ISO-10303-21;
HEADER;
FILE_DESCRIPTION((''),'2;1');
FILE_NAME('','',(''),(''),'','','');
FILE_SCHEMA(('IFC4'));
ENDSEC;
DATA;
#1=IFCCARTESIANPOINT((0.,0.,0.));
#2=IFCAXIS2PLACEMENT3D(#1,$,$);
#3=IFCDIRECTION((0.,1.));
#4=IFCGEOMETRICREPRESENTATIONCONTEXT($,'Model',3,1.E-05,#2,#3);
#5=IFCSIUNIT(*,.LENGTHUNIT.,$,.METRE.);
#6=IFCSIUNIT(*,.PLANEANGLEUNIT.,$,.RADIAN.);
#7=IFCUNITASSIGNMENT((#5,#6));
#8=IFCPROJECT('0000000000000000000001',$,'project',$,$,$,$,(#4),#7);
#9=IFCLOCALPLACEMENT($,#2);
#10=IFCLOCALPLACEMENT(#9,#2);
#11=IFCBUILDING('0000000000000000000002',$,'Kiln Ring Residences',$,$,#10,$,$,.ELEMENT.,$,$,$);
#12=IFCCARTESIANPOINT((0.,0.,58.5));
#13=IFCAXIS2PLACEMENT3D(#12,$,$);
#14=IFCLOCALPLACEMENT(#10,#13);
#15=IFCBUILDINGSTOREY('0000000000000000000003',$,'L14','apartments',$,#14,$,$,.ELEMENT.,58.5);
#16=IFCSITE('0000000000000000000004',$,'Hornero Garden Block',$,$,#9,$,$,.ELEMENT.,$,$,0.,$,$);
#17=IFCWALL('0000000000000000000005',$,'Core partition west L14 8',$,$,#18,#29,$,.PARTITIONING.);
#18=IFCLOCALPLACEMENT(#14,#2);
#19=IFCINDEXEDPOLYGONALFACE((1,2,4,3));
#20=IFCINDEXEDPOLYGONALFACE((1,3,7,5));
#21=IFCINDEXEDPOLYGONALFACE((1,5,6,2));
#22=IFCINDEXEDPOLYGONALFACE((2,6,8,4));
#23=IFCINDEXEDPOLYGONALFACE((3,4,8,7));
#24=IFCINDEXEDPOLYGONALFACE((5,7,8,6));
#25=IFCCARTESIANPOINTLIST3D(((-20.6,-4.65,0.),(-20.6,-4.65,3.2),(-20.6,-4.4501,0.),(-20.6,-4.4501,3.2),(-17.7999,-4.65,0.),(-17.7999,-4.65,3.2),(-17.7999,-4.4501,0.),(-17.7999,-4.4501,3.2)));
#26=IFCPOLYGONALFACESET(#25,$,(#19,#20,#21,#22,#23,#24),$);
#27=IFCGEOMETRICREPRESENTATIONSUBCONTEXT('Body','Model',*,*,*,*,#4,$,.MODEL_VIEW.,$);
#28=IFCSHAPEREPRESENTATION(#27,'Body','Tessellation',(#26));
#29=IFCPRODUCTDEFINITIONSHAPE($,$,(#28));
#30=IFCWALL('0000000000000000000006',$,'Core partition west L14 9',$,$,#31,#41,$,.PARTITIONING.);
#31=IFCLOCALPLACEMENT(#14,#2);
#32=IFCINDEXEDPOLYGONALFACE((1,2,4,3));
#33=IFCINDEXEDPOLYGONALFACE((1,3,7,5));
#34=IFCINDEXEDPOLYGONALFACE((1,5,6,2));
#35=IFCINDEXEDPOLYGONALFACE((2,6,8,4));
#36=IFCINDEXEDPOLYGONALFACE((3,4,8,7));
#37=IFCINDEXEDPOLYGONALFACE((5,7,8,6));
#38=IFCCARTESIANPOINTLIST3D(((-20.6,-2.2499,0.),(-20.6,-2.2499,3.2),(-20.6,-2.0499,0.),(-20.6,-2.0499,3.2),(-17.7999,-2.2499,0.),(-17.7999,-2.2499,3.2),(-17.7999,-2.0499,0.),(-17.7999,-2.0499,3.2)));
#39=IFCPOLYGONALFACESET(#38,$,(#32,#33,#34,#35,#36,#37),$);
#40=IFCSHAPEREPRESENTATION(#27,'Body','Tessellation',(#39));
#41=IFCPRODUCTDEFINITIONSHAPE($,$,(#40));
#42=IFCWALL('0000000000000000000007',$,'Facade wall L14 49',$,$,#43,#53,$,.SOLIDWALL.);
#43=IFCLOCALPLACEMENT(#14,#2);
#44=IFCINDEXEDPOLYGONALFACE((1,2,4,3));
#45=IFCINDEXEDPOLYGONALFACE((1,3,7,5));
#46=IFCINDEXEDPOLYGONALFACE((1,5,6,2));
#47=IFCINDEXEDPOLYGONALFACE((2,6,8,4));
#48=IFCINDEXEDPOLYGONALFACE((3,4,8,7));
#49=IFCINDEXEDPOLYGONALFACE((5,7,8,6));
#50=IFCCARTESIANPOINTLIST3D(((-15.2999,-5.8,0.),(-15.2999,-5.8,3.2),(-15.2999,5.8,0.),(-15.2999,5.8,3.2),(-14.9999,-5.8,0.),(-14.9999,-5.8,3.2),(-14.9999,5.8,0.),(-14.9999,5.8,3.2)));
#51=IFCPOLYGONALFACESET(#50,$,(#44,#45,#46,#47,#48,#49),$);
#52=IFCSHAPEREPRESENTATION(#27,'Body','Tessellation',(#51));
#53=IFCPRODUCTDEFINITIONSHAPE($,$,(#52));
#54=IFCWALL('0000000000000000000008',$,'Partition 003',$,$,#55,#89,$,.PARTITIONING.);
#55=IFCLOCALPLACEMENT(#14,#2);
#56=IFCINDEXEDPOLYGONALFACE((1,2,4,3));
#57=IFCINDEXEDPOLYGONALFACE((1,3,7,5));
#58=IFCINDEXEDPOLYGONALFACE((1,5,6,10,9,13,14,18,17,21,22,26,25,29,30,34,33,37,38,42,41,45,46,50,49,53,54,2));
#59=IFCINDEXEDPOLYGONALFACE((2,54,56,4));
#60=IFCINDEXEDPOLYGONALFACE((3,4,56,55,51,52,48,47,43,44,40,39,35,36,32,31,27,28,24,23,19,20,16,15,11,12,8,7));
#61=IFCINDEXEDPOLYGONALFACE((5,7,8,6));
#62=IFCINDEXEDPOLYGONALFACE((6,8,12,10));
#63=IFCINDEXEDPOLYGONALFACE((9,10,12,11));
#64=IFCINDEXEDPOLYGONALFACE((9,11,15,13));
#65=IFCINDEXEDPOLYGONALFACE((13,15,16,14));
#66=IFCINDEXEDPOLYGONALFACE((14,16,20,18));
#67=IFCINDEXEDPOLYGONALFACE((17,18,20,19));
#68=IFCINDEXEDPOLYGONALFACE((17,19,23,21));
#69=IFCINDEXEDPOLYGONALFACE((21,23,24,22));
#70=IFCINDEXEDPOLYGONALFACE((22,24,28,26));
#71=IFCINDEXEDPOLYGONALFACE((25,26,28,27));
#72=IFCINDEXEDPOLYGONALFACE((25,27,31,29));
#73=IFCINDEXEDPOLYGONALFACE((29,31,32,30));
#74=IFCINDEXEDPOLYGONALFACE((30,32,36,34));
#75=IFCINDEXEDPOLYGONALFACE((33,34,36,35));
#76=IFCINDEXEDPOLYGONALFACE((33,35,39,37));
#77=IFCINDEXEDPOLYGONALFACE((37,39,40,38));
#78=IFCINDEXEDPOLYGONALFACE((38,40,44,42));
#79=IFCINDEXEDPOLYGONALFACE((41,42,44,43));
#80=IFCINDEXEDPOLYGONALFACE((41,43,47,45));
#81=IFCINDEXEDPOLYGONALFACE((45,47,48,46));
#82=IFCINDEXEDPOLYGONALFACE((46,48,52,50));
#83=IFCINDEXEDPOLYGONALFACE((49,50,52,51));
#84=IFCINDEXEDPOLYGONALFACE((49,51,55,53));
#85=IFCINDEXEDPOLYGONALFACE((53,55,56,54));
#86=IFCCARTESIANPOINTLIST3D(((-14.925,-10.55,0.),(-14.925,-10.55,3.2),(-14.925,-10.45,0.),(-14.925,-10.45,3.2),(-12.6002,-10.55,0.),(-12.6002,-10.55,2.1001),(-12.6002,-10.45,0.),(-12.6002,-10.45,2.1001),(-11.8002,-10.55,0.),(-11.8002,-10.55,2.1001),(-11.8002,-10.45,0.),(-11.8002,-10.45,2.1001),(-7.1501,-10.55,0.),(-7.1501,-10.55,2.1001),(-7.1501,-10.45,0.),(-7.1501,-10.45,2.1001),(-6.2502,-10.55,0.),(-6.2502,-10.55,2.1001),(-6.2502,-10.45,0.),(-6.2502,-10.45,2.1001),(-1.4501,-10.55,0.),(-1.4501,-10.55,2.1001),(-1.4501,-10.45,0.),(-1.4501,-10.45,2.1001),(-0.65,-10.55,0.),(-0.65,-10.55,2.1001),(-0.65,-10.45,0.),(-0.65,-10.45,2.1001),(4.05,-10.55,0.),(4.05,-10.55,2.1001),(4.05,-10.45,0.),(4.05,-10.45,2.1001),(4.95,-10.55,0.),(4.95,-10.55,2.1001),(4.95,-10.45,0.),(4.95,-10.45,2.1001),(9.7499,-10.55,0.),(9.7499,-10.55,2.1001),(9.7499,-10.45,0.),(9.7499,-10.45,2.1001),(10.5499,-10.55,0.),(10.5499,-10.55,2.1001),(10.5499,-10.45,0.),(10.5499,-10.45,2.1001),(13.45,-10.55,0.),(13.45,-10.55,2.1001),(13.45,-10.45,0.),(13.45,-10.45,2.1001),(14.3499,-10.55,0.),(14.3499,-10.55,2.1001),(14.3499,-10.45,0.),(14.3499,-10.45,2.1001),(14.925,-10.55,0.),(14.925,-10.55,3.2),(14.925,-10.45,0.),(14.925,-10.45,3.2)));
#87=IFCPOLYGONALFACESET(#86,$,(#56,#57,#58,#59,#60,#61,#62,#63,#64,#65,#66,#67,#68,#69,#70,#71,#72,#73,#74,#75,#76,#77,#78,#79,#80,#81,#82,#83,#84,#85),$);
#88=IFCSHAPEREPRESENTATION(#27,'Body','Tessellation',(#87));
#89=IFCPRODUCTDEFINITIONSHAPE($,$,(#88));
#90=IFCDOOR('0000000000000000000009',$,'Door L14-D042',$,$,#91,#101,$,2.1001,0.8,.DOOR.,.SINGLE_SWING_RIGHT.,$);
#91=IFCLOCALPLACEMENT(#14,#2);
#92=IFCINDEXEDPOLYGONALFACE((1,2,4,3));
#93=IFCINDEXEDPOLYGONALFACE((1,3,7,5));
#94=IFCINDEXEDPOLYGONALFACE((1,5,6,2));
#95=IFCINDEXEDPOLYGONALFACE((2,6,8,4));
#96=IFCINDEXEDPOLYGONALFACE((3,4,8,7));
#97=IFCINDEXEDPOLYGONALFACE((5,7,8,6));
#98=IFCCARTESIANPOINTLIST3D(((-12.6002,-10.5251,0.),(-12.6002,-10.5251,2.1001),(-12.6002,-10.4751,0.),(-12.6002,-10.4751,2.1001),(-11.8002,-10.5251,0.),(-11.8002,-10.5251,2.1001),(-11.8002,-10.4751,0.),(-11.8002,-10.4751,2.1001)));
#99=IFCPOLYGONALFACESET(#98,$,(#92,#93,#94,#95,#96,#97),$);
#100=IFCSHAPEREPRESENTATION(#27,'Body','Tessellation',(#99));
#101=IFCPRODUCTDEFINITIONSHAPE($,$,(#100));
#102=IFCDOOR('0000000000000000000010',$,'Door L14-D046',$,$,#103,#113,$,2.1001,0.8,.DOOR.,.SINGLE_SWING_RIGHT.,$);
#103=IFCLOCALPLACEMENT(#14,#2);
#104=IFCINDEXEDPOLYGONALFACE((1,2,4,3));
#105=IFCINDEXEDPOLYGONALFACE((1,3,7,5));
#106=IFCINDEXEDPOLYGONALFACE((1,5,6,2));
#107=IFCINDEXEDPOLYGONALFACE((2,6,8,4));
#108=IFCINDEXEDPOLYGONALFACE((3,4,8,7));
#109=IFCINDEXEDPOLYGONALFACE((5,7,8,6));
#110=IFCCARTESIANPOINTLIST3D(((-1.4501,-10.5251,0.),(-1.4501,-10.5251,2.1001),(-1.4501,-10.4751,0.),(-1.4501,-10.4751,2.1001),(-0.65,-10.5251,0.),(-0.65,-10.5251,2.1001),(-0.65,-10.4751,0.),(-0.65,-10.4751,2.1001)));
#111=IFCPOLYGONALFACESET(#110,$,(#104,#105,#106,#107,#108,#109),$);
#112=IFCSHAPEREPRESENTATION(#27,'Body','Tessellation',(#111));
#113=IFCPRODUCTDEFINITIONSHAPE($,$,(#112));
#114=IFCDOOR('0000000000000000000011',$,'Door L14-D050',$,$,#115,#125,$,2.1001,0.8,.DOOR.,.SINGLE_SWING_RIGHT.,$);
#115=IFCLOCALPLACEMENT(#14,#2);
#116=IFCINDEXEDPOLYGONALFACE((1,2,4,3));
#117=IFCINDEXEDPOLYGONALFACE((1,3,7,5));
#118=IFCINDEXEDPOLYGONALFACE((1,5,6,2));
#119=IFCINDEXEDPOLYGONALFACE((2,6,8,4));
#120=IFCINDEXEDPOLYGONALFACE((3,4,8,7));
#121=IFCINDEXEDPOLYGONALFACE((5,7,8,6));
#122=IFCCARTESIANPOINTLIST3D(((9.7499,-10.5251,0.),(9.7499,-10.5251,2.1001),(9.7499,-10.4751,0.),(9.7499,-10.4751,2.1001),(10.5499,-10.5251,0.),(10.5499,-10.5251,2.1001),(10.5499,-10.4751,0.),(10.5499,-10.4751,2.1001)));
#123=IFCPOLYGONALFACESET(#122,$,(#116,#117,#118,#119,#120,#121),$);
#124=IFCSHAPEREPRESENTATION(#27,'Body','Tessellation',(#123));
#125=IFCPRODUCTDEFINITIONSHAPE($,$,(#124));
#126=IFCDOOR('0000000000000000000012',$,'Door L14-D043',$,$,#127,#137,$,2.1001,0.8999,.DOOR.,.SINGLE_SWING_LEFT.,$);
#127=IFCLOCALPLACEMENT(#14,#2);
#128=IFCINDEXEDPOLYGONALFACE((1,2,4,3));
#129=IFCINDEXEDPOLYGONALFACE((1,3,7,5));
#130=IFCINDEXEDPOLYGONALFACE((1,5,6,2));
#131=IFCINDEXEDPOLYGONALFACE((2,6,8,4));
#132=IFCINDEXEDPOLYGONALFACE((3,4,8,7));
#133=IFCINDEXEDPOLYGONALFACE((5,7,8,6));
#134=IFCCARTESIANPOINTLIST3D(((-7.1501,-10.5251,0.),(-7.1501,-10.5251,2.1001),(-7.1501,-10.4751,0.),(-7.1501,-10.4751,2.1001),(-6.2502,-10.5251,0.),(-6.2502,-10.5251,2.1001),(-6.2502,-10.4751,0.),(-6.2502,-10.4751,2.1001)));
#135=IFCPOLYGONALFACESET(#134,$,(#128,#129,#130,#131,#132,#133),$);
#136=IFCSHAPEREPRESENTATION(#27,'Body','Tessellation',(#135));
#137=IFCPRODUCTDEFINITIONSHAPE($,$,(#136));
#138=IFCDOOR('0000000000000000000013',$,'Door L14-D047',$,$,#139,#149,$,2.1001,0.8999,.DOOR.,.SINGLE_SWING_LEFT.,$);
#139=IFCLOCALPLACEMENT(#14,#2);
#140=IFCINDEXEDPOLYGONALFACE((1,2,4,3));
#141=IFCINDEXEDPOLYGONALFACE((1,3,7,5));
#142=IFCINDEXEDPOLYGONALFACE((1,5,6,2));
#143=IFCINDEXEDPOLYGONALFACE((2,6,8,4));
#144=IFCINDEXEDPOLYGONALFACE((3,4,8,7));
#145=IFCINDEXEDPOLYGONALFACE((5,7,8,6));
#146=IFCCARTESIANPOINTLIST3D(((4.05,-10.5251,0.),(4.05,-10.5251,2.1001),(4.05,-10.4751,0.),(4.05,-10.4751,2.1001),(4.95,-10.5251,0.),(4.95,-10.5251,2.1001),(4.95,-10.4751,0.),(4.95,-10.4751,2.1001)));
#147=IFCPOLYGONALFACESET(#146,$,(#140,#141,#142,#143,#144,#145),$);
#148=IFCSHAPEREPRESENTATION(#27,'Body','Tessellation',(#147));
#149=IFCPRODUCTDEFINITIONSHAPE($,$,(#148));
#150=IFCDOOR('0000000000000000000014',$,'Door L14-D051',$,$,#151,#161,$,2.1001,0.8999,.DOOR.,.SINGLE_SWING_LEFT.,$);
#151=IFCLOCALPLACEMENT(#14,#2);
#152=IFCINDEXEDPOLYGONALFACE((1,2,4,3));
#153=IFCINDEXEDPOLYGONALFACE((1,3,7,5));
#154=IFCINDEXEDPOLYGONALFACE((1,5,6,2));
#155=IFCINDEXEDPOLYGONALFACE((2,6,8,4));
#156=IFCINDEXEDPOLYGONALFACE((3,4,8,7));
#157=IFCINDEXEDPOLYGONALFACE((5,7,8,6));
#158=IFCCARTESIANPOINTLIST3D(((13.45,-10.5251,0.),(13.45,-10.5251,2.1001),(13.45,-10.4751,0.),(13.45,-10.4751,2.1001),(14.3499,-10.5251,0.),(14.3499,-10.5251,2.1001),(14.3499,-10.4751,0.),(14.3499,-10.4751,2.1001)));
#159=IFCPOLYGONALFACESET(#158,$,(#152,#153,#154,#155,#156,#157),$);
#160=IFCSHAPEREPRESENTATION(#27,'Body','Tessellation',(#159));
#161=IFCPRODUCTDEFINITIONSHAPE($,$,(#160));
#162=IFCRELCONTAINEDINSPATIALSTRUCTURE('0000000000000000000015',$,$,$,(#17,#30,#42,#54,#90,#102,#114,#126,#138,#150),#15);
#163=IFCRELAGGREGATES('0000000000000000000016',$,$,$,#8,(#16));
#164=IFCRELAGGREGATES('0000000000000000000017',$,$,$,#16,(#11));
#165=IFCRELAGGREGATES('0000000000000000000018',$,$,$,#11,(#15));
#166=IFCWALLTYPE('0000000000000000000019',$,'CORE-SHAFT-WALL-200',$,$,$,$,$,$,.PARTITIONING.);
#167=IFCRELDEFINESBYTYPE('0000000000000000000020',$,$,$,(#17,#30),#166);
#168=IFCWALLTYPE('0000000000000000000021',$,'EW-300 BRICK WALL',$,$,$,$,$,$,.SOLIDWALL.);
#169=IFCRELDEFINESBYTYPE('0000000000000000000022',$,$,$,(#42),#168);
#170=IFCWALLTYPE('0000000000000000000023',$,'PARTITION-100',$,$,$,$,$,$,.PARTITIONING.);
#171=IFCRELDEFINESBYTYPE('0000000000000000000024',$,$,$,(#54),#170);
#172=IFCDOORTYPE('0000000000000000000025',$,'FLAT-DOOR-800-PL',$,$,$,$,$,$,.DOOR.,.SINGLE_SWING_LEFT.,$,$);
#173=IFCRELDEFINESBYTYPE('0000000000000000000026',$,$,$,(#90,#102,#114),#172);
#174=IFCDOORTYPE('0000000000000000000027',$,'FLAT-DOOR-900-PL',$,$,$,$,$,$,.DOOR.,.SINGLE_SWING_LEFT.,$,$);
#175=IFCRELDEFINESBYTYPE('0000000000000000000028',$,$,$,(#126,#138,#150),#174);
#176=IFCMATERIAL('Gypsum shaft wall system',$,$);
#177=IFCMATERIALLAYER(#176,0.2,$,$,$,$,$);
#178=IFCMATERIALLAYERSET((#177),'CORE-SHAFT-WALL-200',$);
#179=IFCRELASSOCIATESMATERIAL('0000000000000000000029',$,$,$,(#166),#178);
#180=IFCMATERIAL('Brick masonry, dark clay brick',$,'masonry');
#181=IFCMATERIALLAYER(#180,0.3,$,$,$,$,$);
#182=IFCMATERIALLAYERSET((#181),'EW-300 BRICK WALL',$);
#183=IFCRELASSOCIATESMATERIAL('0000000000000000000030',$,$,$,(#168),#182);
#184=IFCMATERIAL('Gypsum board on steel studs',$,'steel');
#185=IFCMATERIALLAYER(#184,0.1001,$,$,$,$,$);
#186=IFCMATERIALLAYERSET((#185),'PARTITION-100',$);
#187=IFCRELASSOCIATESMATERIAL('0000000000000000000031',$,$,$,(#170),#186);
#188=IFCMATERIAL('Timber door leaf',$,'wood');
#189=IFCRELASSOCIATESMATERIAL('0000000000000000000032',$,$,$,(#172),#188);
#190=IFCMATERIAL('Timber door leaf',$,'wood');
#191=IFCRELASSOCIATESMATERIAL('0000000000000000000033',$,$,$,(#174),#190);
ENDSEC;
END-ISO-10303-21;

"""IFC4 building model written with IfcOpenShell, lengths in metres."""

from ifc_helpers import new_model, si_unit, direction, frame, frame_2d, origin, place, context, subcontext, project, spatial, rectangle, extrude, material, layer, layer_set, type_object, element, fill, save


model = new_model("IFC4")

# Units and contexts
model_context = context("Model", 3, precision=1e-05, world=origin(), true_north=direction((0.0, 1.0)))
body_context = subcontext(model_context, "Body", "Model", "MODEL_VIEW")
ifc_project = project(units=[si_unit("LENGTHUNIT", "METRE"), si_unit("PLANEANGLEUNIT", "RADIAN")], contexts=[model_context])

# Site, building, storey
site_placement = place(None, origin())
site = spatial("IfcSite", under=ifc_project, at=site_placement, Name="Hornero Garden Block", CompositionType="ELEMENT", RefElevation=0.0)
building_placement = place(site_placement, origin())
building = spatial("IfcBuilding", under=site, at=building_placement, Name="Kiln Ring Residences", CompositionType="ELEMENT")
storey_placement = place(building_placement, frame((0.0, 0.0, 58.5)))
storey = spatial("IfcBuildingStorey", under=building, at=storey_placement, Name="L14", Description="apartments", CompositionType="ELEMENT", Elevation=58.5)

# Walls
ifc_material_1 = material(Name="Gypsum shaft wall system")
ifc_layer_1 = layer(ifc_material_1, 0.2)
ifc_layer_set_1 = layer_set([ifc_layer_1], Name="CORE-SHAFT-WALL-200")
wall_type_1 = type_object("IfcWallType", Name="CORE-SHAFT-WALL-200", PredefinedType="PARTITIONING", material=ifc_layer_set_1)
for number, where, z_axis, x_axis, name in (
    (1, (-17.8, -4.55, 0.0), (0.0, 0.0, 1.0), (-1.0, 0.0, 0.0), "Core partition west L14 8"),
    (2, (-17.8, -2.1499, 0.0), (0.0, 0.0, 1.0), (-1.0, 0.0, 0.0), "Core partition west L14 9"),
):
    element("IfcWall", number, at=place(storey_placement, frame(where, z_axis=z_axis, x_axis=x_axis)), inside=storey, type_object=wall_type_1, Name=name, PredefinedType="PARTITIONING", context=body_context, shape_type="SweptSolid", body=[
        extrude(rectangle(XDim=2.8, YDim=0.2, at=frame_2d((1.3999, 0.0))), origin(), (0.0, 0.0, 1.0), 3.2),
    ])
ifc_material_2 = material(Name="Brick masonry, dark clay brick", Category="masonry")
ifc_layer_2 = layer(ifc_material_2, 0.3)
ifc_layer_set_2 = layer_set([ifc_layer_2], Name="EW-300 BRICK WALL")
wall_type_2 = type_object("IfcWallType", Name="EW-300 BRICK WALL", PredefinedType="SOLIDWALL", material=ifc_layer_set_2)
wall_1_placement = place(storey_placement, frame((-15.1499, -5.8, 0.0), z_axis=(0.0, 0.0, 1.0), x_axis=(0.0, 1.0, 0.0)))
element("IfcWall", 3, at=wall_1_placement, inside=storey, type_object=wall_type_2, Name="Facade wall L14 49", PredefinedType="SOLIDWALL", context=body_context, shape_type="SweptSolid", body=[
    extrude(rectangle(XDim=11.6001, YDim=0.3, at=frame_2d((5.8, 0.0))), origin(), (0.0, 0.0, 1.0), 3.2),
])

# Wall, openings, doors
ifc_material_3 = material(Name="Gypsum board on steel studs", Category="steel")
ifc_layer_3 = layer(ifc_material_3, 0.1001)
ifc_layer_set_3 = layer_set([ifc_layer_3], Name="PARTITION-100")
wall_type_3 = type_object("IfcWallType", Name="PARTITION-100", PredefinedType="PARTITIONING", material=ifc_layer_set_3)
wall_2_placement = place(storey_placement, frame((-14.925, -10.5, 0.0), z_axis=(0.0, 0.0, 1.0), x_axis=(1.0, 0.0, 0.0)))
wall_2 = element("IfcWall", 4, at=wall_2_placement, inside=storey, type_object=wall_type_3, Name="Partition 003", PredefinedType="PARTITIONING", context=body_context, shape_type="SweptSolid", body=[
    extrude(rectangle(XDim=29.8501, YDim=0.1001, at=frame_2d((14.925, 0.0))), origin(), (0.0, 0.0, 1.0), 3.2),
])
opening_1_placement = place(wall_2_placement, frame((2.325, 0.0, 0.0)))
opening_1 = element("IfcOpeningElement", 5, at=opening_1_placement, cuts=wall_2, PredefinedType="OPENING", context=body_context, shape_type="SweptSolid", body=[
    extrude(rectangle(XDim=0.8, YDim=2.1001, at=frame_2d((0.3999, 1.05))), frame((0.0, 0.0601, 0.0), z_axis=(0.0, -1.0, 0.0), x_axis=(1.0, 0.0, 0.0)), (0.0, 0.0, 1.0), 0.1201),
])
opening_2_placement = place(wall_2_placement, frame((7.7749, 0.0, 0.0)))
opening_2 = element("IfcOpeningElement", 6, at=opening_2_placement, cuts=wall_2, PredefinedType="OPENING", context=body_context, shape_type="SweptSolid", body=[
    extrude(rectangle(XDim=0.8999, YDim=2.1001, at=frame_2d((0.45, 1.05))), frame((0.0, 0.0601, 0.0), z_axis=(0.0, -1.0, 0.0), x_axis=(1.0, 0.0, 0.0)), (0.0, 0.0, 1.0), 0.1201),
])
opening_3_placement = place(wall_2_placement, frame((13.4751, 0.0, 0.0)))
opening_3 = element("IfcOpeningElement", 7, at=opening_3_placement, cuts=wall_2, PredefinedType="OPENING", context=body_context, shape_type="SweptSolid", body=[
    extrude(rectangle(XDim=0.8, YDim=2.1001, at=frame_2d((0.3999, 1.05))), frame((0.0, 0.0601, 0.0), z_axis=(0.0, -1.0, 0.0), x_axis=(1.0, 0.0, 0.0)), (0.0, 0.0, 1.0), 0.1201),
])
opening_4_placement = place(wall_2_placement, frame((18.9751, 0.0, 0.0)))
opening_4 = element("IfcOpeningElement", 8, at=opening_4_placement, cuts=wall_2, PredefinedType="OPENING", context=body_context, shape_type="SweptSolid", body=[
    extrude(rectangle(XDim=0.8999, YDim=2.1001, at=frame_2d((0.45, 1.05))), frame((0.0, 0.0601, 0.0), z_axis=(0.0, -1.0, 0.0), x_axis=(1.0, 0.0, 0.0)), (0.0, 0.0, 1.0), 0.1201),
])
opening_5_placement = place(wall_2_placement, frame((24.675, 0.0, 0.0)))
opening_5 = element("IfcOpeningElement", 9, at=opening_5_placement, cuts=wall_2, PredefinedType="OPENING", context=body_context, shape_type="SweptSolid", body=[
    extrude(rectangle(XDim=0.8, YDim=2.1001, at=frame_2d((0.3999, 1.05))), frame((0.0, 0.0601, 0.0), z_axis=(0.0, -1.0, 0.0), x_axis=(1.0, 0.0, 0.0)), (0.0, 0.0, 1.0), 0.1201),
])
opening_6_placement = place(wall_2_placement, frame((28.375, 0.0, 0.0)))
opening_6 = element("IfcOpeningElement", 10, at=opening_6_placement, cuts=wall_2, PredefinedType="OPENING", context=body_context, shape_type="SweptSolid", body=[
    extrude(rectangle(XDim=0.8999, YDim=2.1001, at=frame_2d((0.45, 1.05))), frame((0.0, 0.0601, 0.0), z_axis=(0.0, -1.0, 0.0), x_axis=(1.0, 0.0, 0.0)), (0.0, 0.0, 1.0), 0.1201),
])
ifc_material_4 = material(Name="Timber door leaf", Category="wood")
door_type_1 = type_object("IfcDoorType", Name="FLAT-DOOR-800-PL", OperationType="SINGLE_SWING_LEFT", PredefinedType="DOOR", material=ifc_material_4)
door_1_placement = place(opening_1_placement, origin())
door_1 = element("IfcDoor", 11, at=door_1_placement, inside=storey, type_object=door_type_1, Name="Door L14-D042", OperationType="SINGLE_SWING_RIGHT", OverallHeight=2.1001, OverallWidth=0.8, PredefinedType="DOOR", context=body_context, shape_type="SweptSolid", body=[
    extrude(rectangle(XDim=0.8, YDim=2.1001, at=frame_2d((0.3999, 1.05))), frame((0.0, 0.0249, 0.0), z_axis=(0.0, -1.0, 0.0), x_axis=(1.0, 0.0, 0.0)), (0.0, 0.0, 1.0), 0.05),
])
fill(opening_1, door_1)
door_2_placement = place(opening_3_placement, origin())
door_2 = element("IfcDoor", 12, at=door_2_placement, inside=storey, type_object=door_type_1, Name="Door L14-D046", OperationType="SINGLE_SWING_RIGHT", OverallHeight=2.1001, OverallWidth=0.8, PredefinedType="DOOR", context=body_context, shape_type="SweptSolid", body=[
    extrude(rectangle(XDim=0.8, YDim=2.1001, at=frame_2d((0.3999, 1.05))), frame((0.0, 0.0249, 0.0), z_axis=(0.0, -1.0, 0.0), x_axis=(1.0, 0.0, 0.0)), (0.0, 0.0, 1.0), 0.05),
])
fill(opening_3, door_2)
door_3_placement = place(opening_5_placement, origin())
door_3 = element("IfcDoor", 13, at=door_3_placement, inside=storey, type_object=door_type_1, Name="Door L14-D050", OperationType="SINGLE_SWING_RIGHT", OverallHeight=2.1001, OverallWidth=0.8, PredefinedType="DOOR", context=body_context, shape_type="SweptSolid", body=[
    extrude(rectangle(XDim=0.8, YDim=2.1001, at=frame_2d((0.3999, 1.05))), frame((0.0, 0.0249, 0.0), z_axis=(0.0, -1.0, 0.0), x_axis=(1.0, 0.0, 0.0)), (0.0, 0.0, 1.0), 0.05),
])
fill(opening_5, door_3)
ifc_material_5 = material(Name="Timber door leaf", Category="wood")
door_type_2 = type_object("IfcDoorType", Name="FLAT-DOOR-900-PL", OperationType="SINGLE_SWING_LEFT", PredefinedType="DOOR", material=ifc_material_5)
door_4_placement = place(opening_2_placement, origin())
door_4 = element("IfcDoor", 14, at=door_4_placement, inside=storey, type_object=door_type_2, Name="Door L14-D043", OperationType="SINGLE_SWING_LEFT", OverallHeight=2.1001, OverallWidth=0.8999, PredefinedType="DOOR", context=body_context, shape_type="SweptSolid", body=[
    extrude(rectangle(XDim=0.8999, YDim=2.1001, at=frame_2d((0.45, 1.05))), frame((0.0, 0.0249, 0.0), z_axis=(0.0, -1.0, 0.0), x_axis=(1.0, 0.0, 0.0)), (0.0, 0.0, 1.0), 0.05),
])
fill(opening_2, door_4)
door_5_placement = place(opening_4_placement, origin())
door_5 = element("IfcDoor", 15, at=door_5_placement, inside=storey, type_object=door_type_2, Name="Door L14-D047", OperationType="SINGLE_SWING_LEFT", OverallHeight=2.1001, OverallWidth=0.8999, PredefinedType="DOOR", context=body_context, shape_type="SweptSolid", body=[
    extrude(rectangle(XDim=0.8999, YDim=2.1001, at=frame_2d((0.45, 1.05))), frame((0.0, 0.0249, 0.0), z_axis=(0.0, -1.0, 0.0), x_axis=(1.0, 0.0, 0.0)), (0.0, 0.0, 1.0), 0.05),
])
fill(opening_4, door_5)
door_6_placement = place(opening_6_placement, origin())
door_6 = element("IfcDoor", 16, at=door_6_placement, inside=storey, type_object=door_type_2, Name="Door L14-D051", OperationType="SINGLE_SWING_LEFT", OverallHeight=2.1001, OverallWidth=0.8999, PredefinedType="DOOR", context=body_context, shape_type="SweptSolid", body=[
    extrude(rectangle(XDim=0.8999, YDim=2.1001, at=frame_2d((0.45, 1.05))), frame((0.0, 0.0249, 0.0), z_axis=(0.0, -1.0, 0.0), x_axis=(1.0, 0.0, 0.0)), (0.0, 0.0, 1.0), 0.05),
])
fill(opening_6, door_6)

save(model, "model.ifc")
